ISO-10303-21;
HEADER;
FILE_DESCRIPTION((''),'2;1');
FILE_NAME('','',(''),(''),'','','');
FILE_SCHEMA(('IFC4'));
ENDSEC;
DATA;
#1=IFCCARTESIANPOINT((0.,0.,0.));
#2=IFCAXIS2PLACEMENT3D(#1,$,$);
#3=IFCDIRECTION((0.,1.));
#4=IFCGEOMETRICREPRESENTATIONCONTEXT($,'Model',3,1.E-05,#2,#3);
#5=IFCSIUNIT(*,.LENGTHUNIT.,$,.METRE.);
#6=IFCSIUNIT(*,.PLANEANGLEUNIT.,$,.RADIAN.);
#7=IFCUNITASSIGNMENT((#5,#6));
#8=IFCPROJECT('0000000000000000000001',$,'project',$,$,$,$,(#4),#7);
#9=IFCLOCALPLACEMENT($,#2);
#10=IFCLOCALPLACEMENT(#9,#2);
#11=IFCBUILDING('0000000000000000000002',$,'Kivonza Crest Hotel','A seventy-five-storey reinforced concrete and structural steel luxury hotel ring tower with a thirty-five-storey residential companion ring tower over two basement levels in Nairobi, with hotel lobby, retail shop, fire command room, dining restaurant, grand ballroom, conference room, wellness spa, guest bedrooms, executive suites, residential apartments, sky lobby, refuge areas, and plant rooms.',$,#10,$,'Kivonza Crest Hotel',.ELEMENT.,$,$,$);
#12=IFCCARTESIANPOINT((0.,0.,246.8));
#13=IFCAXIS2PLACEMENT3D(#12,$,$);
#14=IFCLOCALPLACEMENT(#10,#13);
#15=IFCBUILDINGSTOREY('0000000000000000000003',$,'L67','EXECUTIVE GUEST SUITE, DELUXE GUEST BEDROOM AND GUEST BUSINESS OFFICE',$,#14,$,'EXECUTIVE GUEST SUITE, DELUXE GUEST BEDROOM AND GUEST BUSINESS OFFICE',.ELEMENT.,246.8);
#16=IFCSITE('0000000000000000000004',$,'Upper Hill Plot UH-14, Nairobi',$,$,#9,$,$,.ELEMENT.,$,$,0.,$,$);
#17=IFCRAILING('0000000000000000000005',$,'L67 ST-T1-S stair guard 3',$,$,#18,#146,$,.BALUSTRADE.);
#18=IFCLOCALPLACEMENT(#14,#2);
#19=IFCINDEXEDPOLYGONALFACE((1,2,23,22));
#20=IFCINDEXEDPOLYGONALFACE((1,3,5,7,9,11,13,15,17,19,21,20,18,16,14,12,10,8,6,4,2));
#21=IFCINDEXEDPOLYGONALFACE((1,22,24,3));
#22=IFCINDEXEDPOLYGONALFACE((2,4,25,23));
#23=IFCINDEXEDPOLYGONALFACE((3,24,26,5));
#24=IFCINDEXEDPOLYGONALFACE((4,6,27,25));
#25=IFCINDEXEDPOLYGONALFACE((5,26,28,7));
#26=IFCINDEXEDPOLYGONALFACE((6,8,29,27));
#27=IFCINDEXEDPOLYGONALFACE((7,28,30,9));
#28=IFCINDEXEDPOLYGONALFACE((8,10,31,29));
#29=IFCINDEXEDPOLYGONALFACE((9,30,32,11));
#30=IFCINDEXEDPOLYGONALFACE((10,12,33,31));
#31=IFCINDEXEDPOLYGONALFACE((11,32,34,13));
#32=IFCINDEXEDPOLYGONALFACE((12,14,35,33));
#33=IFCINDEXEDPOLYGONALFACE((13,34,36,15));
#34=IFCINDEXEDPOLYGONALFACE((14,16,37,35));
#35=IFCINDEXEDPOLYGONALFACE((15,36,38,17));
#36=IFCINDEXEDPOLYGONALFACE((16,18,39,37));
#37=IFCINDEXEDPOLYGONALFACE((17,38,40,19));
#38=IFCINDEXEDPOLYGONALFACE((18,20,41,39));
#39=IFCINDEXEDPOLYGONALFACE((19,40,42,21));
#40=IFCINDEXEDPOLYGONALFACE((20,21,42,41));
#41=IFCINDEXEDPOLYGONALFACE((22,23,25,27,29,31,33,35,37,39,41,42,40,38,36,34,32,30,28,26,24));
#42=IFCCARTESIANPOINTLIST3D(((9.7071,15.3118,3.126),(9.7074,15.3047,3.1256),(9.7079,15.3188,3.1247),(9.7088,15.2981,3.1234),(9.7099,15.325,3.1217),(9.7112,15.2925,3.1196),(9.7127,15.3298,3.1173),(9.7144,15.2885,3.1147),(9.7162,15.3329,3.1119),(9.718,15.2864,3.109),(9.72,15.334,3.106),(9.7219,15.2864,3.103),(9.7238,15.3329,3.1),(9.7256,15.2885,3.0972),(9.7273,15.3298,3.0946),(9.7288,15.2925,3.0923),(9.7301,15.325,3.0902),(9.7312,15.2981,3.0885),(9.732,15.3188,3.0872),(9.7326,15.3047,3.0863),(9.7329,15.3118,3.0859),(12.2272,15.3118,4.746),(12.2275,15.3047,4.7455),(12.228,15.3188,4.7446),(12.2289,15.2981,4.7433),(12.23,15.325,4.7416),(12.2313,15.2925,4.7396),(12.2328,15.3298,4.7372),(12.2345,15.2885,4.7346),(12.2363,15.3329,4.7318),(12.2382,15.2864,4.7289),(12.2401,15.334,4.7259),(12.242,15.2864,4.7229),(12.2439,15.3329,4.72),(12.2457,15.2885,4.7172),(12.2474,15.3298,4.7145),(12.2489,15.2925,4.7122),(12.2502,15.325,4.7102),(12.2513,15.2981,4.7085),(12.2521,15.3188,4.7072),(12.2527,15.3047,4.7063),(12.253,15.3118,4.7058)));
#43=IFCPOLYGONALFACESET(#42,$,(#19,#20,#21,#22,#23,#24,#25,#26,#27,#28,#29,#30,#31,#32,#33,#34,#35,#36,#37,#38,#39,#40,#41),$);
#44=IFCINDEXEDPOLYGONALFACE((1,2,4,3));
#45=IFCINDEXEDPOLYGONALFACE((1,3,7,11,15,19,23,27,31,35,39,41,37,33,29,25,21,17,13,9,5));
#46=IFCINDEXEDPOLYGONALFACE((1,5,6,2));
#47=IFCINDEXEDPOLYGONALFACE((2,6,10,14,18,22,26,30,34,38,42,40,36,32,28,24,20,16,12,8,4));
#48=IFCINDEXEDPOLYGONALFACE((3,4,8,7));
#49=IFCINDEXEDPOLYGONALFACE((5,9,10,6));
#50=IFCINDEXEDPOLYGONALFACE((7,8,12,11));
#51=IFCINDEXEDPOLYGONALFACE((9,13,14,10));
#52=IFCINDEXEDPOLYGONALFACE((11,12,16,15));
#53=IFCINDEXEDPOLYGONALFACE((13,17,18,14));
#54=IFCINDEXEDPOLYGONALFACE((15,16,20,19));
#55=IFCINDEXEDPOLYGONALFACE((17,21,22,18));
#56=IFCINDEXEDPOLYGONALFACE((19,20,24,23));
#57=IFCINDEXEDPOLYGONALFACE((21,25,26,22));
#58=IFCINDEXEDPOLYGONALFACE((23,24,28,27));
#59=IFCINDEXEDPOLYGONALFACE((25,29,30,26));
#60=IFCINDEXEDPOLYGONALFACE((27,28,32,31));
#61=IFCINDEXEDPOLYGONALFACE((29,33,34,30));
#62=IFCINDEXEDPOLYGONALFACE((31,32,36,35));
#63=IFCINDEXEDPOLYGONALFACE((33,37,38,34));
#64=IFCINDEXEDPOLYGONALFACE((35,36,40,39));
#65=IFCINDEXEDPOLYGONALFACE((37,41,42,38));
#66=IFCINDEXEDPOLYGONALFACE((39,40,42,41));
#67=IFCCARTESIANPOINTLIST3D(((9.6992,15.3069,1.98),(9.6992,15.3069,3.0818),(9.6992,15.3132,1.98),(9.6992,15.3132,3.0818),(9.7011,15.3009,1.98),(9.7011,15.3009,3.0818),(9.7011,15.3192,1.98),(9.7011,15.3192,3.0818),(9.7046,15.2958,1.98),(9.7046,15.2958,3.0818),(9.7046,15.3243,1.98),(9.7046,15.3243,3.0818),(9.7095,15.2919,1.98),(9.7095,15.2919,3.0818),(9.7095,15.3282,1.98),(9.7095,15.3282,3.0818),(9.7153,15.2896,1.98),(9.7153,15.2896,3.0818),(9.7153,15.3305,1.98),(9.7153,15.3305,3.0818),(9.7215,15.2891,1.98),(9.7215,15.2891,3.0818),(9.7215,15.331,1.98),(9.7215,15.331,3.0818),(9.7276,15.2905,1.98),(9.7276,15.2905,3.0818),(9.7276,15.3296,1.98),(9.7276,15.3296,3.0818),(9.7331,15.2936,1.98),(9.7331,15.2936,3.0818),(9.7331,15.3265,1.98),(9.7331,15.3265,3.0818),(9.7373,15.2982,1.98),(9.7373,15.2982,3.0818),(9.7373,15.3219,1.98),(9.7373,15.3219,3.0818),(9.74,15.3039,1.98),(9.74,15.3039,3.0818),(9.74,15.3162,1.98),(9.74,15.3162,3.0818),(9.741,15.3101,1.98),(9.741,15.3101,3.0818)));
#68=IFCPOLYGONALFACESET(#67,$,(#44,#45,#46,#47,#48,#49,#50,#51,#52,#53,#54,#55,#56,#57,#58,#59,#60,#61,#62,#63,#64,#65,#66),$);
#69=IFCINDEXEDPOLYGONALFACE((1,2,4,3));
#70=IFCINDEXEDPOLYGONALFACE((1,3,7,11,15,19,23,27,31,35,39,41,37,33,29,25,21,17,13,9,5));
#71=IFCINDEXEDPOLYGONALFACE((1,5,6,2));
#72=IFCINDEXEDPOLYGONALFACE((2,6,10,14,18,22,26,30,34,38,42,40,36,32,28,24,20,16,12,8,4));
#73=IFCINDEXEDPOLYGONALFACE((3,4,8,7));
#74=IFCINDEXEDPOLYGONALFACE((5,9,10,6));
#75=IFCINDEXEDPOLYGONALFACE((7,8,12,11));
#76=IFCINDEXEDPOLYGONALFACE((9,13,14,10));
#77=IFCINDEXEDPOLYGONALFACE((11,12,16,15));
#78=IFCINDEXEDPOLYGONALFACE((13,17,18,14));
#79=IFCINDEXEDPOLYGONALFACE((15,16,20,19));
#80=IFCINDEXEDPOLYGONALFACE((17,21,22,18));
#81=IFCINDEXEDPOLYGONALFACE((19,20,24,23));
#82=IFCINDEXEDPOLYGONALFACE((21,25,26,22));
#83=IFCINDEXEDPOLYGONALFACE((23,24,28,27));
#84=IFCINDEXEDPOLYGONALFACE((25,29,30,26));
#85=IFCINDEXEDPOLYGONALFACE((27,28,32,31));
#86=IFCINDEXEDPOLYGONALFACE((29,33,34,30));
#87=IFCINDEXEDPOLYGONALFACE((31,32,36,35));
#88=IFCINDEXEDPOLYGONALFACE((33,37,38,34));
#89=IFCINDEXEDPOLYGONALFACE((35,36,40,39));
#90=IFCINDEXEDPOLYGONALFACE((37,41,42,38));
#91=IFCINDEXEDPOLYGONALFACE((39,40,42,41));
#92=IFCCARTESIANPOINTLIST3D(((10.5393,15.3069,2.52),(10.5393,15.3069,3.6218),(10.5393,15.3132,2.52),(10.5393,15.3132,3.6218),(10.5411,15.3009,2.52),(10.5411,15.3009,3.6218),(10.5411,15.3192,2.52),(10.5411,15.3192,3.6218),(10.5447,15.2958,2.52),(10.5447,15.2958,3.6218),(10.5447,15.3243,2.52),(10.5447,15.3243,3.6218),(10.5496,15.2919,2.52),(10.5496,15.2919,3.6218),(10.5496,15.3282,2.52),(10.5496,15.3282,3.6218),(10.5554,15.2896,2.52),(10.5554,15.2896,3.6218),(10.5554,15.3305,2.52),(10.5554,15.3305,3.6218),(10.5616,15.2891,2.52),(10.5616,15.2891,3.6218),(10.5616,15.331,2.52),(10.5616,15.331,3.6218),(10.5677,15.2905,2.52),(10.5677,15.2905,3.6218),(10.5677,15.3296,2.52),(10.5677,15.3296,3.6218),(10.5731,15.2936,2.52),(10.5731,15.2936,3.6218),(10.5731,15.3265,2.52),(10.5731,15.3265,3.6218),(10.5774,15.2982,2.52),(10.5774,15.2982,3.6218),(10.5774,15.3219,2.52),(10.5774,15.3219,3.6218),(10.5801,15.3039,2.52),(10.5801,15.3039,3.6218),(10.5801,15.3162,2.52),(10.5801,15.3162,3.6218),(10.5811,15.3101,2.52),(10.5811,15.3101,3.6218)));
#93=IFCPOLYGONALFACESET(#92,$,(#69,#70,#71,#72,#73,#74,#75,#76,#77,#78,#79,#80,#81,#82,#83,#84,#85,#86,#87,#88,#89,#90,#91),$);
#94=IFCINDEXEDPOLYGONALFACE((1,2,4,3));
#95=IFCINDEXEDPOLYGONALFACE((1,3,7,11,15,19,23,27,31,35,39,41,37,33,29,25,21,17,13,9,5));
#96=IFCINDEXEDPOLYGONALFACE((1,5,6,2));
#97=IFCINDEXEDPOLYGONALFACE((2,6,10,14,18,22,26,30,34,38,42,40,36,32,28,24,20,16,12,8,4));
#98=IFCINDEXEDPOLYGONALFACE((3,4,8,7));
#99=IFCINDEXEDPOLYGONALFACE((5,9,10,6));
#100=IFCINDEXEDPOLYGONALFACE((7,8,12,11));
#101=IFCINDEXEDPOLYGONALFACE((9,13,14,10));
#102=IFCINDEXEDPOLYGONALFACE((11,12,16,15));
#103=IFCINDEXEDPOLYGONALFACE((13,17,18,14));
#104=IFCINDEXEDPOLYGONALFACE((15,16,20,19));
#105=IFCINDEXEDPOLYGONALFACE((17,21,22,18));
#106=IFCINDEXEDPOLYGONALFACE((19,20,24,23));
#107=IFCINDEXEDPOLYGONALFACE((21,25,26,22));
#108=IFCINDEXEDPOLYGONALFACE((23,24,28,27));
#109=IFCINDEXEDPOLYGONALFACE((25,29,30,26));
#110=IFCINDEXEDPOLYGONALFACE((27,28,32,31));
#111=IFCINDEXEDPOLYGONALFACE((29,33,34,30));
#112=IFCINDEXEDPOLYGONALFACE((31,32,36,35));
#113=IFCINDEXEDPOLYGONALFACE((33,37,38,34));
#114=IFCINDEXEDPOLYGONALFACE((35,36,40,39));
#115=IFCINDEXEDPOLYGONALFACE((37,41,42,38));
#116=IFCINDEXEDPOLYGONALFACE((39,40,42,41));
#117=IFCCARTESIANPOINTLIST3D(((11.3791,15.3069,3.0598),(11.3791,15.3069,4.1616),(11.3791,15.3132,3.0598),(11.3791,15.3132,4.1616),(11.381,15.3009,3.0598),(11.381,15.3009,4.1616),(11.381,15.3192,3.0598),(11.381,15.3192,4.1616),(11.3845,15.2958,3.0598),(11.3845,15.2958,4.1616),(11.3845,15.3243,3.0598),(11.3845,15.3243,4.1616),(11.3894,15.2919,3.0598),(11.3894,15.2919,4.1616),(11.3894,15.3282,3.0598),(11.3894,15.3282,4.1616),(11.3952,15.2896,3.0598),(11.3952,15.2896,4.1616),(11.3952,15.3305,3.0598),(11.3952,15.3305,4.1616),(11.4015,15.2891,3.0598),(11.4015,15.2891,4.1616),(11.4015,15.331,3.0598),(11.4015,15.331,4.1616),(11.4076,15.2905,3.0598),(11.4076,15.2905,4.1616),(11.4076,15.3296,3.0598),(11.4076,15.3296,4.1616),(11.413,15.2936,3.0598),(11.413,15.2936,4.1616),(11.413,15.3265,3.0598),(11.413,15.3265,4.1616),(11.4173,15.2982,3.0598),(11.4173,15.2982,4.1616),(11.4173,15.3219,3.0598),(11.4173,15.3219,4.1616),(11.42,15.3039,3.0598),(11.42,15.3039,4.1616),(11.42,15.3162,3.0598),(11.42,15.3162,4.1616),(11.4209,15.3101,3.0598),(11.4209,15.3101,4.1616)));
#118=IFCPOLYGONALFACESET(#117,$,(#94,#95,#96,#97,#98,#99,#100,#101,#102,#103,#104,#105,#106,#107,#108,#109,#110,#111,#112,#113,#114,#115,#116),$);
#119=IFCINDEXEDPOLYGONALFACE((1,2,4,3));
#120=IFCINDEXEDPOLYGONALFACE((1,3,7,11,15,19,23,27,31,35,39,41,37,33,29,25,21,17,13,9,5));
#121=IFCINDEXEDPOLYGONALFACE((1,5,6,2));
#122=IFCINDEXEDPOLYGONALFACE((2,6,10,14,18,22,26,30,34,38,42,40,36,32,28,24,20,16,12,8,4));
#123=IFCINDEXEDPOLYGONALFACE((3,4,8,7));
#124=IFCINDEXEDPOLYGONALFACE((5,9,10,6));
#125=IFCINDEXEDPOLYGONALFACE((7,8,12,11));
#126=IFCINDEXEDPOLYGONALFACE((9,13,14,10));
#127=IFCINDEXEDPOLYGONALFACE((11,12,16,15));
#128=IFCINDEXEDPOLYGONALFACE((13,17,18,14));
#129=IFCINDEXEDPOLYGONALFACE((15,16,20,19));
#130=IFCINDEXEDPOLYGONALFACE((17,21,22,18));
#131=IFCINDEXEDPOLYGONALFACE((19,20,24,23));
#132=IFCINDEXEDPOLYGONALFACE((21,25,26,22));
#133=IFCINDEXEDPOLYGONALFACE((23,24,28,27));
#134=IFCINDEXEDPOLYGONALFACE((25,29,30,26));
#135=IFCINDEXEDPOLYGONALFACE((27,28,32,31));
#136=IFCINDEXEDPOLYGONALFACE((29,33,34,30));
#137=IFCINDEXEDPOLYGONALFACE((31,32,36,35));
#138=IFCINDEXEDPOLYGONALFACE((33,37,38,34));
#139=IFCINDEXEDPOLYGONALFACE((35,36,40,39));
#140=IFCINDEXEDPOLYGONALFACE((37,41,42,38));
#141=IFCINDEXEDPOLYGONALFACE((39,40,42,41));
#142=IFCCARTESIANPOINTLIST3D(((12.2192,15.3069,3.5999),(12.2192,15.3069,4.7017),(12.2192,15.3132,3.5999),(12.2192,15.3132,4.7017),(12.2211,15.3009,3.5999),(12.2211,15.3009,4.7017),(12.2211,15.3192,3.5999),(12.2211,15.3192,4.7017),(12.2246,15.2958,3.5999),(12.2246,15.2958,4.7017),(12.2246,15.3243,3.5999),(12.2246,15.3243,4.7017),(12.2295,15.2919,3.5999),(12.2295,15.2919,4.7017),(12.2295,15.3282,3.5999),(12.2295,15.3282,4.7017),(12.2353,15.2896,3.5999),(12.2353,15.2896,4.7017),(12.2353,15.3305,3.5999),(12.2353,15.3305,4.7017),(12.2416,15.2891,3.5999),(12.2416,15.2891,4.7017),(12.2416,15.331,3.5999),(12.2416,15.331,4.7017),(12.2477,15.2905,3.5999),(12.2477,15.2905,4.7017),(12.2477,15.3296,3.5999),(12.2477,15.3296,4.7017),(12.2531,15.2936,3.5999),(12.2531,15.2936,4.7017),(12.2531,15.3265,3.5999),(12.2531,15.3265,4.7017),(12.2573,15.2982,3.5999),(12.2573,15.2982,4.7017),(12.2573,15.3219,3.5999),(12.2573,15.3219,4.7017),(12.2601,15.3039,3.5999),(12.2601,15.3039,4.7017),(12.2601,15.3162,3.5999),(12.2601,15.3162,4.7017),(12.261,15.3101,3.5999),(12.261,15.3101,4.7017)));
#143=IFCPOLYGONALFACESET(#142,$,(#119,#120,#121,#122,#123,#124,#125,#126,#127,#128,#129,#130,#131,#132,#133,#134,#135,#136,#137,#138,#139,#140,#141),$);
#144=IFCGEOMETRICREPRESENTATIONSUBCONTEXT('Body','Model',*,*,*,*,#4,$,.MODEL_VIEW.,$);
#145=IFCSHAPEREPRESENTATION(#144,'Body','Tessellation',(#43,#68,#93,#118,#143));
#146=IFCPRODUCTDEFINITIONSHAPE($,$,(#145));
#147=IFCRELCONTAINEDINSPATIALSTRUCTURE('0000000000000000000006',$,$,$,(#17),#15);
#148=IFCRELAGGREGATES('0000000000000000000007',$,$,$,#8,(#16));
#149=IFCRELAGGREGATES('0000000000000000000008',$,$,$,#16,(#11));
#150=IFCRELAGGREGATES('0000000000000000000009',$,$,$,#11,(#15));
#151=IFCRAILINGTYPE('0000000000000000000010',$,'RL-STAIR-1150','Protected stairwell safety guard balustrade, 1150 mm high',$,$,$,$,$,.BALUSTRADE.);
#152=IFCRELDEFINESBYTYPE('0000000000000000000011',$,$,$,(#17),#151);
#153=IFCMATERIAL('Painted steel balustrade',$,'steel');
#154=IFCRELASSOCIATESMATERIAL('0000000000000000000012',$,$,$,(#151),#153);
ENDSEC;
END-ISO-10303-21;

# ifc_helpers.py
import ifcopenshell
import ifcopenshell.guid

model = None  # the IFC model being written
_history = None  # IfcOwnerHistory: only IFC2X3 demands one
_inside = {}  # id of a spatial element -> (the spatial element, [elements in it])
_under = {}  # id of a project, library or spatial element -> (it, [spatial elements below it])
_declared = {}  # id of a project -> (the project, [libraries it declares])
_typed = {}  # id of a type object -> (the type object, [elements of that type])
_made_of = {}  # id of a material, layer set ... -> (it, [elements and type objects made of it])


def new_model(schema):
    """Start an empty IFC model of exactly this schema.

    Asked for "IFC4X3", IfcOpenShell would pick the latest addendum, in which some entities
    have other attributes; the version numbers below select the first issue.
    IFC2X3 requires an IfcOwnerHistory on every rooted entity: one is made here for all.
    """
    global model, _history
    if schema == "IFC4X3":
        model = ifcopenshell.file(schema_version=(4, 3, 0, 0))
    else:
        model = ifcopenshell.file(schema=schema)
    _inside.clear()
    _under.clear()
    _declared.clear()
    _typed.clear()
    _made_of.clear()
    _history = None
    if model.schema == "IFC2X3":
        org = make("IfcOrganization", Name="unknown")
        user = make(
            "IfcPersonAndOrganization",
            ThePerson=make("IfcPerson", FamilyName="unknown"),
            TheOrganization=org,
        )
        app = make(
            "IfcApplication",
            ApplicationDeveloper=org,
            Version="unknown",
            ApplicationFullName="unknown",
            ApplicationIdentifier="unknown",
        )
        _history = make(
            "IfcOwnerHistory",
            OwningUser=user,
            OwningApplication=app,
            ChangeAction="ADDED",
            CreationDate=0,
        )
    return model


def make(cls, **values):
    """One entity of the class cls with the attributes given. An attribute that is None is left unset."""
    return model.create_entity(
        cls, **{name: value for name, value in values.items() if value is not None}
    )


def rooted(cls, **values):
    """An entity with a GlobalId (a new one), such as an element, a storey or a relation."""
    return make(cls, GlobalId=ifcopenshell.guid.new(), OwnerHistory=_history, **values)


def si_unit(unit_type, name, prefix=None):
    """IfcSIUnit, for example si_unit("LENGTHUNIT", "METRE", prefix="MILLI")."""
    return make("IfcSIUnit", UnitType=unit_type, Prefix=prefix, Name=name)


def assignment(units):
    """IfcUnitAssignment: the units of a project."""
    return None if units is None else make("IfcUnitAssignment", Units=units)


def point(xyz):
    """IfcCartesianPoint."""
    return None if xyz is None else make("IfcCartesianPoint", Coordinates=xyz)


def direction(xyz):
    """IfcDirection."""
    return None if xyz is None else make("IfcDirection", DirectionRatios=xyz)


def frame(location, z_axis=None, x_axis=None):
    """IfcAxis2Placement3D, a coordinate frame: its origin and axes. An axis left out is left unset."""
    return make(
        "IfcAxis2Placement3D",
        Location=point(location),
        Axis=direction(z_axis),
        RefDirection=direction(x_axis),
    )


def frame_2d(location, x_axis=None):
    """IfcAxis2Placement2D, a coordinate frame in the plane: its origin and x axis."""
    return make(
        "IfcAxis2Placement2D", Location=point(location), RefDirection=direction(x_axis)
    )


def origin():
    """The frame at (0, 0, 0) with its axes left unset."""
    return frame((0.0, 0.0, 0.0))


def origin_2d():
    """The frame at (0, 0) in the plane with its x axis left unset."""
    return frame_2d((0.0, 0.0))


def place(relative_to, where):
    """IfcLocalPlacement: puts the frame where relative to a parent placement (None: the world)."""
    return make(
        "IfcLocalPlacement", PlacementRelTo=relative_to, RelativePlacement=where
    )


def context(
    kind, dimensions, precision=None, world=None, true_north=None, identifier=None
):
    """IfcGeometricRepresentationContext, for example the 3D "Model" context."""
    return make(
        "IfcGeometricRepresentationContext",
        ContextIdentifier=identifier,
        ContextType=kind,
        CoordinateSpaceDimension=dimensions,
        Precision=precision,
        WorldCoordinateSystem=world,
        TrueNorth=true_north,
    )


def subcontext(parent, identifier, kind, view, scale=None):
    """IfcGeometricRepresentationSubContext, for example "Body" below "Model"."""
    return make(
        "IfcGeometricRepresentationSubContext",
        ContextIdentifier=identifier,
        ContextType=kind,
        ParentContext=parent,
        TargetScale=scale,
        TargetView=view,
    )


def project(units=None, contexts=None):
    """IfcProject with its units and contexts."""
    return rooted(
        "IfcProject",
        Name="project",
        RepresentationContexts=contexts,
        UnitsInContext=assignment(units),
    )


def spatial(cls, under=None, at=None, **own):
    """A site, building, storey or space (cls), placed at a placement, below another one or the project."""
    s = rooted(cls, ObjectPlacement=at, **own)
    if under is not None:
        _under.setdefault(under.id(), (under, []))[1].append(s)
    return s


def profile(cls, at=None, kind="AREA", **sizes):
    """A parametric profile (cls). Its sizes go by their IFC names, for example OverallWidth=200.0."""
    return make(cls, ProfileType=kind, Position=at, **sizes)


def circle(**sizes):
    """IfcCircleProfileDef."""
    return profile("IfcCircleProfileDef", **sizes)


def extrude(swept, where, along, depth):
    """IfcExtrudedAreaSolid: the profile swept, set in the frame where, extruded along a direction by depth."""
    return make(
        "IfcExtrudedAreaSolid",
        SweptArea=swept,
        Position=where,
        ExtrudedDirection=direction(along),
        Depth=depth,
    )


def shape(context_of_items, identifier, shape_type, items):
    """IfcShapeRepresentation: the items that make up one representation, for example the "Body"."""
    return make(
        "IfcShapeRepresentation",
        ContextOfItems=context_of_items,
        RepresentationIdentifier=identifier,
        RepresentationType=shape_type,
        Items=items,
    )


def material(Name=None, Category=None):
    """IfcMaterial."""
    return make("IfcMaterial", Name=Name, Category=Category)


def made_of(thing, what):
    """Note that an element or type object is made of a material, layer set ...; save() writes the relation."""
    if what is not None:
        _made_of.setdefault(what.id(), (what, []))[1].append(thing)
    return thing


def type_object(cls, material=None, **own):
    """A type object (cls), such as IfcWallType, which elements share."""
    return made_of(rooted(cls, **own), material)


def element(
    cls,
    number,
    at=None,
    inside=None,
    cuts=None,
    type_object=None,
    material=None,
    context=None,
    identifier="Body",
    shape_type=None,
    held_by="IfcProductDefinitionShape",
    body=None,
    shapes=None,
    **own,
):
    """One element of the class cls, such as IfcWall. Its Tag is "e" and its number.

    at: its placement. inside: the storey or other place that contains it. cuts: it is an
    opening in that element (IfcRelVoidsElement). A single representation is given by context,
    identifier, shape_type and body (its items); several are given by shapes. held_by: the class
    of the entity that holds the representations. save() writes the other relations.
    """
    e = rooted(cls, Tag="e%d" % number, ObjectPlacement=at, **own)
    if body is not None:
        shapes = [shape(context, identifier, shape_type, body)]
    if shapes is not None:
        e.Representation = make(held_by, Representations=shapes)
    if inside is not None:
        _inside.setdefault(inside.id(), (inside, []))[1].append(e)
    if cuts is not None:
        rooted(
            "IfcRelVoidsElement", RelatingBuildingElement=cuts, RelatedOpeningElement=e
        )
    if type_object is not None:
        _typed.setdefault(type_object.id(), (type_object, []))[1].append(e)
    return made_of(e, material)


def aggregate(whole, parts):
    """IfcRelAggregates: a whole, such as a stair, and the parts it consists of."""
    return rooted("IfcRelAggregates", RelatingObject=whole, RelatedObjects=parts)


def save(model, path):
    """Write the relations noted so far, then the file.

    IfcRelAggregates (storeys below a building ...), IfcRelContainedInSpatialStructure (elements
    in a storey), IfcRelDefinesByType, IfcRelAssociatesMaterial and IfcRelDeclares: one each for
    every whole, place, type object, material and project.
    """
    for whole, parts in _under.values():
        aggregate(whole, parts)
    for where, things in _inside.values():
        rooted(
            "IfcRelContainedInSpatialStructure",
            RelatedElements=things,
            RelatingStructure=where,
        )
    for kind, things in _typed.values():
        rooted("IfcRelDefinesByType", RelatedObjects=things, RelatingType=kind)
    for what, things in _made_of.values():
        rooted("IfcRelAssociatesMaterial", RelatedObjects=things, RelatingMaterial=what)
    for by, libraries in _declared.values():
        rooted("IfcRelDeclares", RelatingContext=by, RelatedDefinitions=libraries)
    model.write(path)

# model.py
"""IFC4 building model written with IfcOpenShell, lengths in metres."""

from ifc_helpers import new_model, si_unit, direction, frame, origin, origin_2d, place, context, subcontext, project, spatial, circle, extrude, material, type_object, element, save


model = new_model("IFC4")

# Units and contexts
model_context = context("Model", 3, precision=1e-05, world=origin(), true_north=direction((0.0, 1.0)))
body_context = subcontext(model_context, "Body", "Model", "MODEL_VIEW")
ifc_project = project(units=[si_unit("LENGTHUNIT", "METRE"), si_unit("PLANEANGLEUNIT", "RADIAN")], contexts=[model_context])

# Site, building, storey
site_placement = place(None, origin())
site = spatial("IfcSite", under=ifc_project, at=site_placement, Name="Upper Hill Plot UH-14, Nairobi", CompositionType="ELEMENT", RefElevation=0.0)
building_placement = place(site_placement, origin())
building = spatial("IfcBuilding", under=site, at=building_placement, Name="Kivonza Crest Hotel", Description="A seventy-five-storey reinforced concrete and structural steel luxury hotel ring tower with a thirty-five-storey residential companion ring tower over two basement levels in Nairobi, with hotel lobby, retail shop, fire command room, dining restaurant, grand ballroom, conference room, wellness spa, guest bedrooms, executive suites, residential apartments, sky lobby, refuge areas, and plant rooms.", LongName="Kivonza Crest Hotel", CompositionType="ELEMENT")
storey_placement = place(building_placement, frame((0.0, 0.0, 246.8)))
storey = spatial("IfcBuildingStorey", under=building, at=storey_placement, Name="L67", Description="EXECUTIVE GUEST SUITE, DELUXE GUEST BEDROOM AND GUEST BUSINESS OFFICE", LongName="EXECUTIVE GUEST SUITE, DELUXE GUEST BEDROOM AND GUEST BUSINESS OFFICE", CompositionType="ELEMENT", Elevation=246.8)

# Railing
ifc_material_1 = material(Name="Painted steel balustrade", Category="steel")
railing_type_1 = type_object("IfcRailingType", Name="RL-STAIR-1150", Description="Protected stairwell safety guard balustrade, 1150 mm high", PredefinedType="BALUSTRADE", material=ifc_material_1)
railing_1_placement = place(storey_placement, frame((9.72, 15.3101, 1.98)))
element("IfcRailing", 1, at=railing_1_placement, inside=storey, type_object=railing_type_1, Name="L67 ST-T1-S stair guard 3", PredefinedType="BALUSTRADE", context=body_context, shape_type="SweptSolid", body=[
    extrude(circle(Radius=0.0239, at=origin_2d()), frame((0.0, 0.0, 1.126), z_axis=(0.8412, 0.0, 0.540725), x_axis=(0.0, 1.0, 0.0)), (0.0, 0.0, 1.0), 2.9958),
    extrude(circle(Radius=0.021, at=origin_2d()), origin(), (0.0, 0.0, 1.0), 1.1018),
    extrude(circle(Radius=0.021, at=origin_2d()), frame((0.8401, 0.0, 0.54)), (0.0, 0.0, 1.0), 1.1018),
    extrude(circle(Radius=0.021, at=origin_2d()), frame((1.6799, 0.0, 1.0798)), (0.0, 0.0, 1.0), 1.1018),
    extrude(circle(Radius=0.021, at=origin_2d()), frame((2.52, 0.0, 1.6199)), (0.0, 0.0, 1.0), 1.1018),
])

save(model, "model.ifc")
